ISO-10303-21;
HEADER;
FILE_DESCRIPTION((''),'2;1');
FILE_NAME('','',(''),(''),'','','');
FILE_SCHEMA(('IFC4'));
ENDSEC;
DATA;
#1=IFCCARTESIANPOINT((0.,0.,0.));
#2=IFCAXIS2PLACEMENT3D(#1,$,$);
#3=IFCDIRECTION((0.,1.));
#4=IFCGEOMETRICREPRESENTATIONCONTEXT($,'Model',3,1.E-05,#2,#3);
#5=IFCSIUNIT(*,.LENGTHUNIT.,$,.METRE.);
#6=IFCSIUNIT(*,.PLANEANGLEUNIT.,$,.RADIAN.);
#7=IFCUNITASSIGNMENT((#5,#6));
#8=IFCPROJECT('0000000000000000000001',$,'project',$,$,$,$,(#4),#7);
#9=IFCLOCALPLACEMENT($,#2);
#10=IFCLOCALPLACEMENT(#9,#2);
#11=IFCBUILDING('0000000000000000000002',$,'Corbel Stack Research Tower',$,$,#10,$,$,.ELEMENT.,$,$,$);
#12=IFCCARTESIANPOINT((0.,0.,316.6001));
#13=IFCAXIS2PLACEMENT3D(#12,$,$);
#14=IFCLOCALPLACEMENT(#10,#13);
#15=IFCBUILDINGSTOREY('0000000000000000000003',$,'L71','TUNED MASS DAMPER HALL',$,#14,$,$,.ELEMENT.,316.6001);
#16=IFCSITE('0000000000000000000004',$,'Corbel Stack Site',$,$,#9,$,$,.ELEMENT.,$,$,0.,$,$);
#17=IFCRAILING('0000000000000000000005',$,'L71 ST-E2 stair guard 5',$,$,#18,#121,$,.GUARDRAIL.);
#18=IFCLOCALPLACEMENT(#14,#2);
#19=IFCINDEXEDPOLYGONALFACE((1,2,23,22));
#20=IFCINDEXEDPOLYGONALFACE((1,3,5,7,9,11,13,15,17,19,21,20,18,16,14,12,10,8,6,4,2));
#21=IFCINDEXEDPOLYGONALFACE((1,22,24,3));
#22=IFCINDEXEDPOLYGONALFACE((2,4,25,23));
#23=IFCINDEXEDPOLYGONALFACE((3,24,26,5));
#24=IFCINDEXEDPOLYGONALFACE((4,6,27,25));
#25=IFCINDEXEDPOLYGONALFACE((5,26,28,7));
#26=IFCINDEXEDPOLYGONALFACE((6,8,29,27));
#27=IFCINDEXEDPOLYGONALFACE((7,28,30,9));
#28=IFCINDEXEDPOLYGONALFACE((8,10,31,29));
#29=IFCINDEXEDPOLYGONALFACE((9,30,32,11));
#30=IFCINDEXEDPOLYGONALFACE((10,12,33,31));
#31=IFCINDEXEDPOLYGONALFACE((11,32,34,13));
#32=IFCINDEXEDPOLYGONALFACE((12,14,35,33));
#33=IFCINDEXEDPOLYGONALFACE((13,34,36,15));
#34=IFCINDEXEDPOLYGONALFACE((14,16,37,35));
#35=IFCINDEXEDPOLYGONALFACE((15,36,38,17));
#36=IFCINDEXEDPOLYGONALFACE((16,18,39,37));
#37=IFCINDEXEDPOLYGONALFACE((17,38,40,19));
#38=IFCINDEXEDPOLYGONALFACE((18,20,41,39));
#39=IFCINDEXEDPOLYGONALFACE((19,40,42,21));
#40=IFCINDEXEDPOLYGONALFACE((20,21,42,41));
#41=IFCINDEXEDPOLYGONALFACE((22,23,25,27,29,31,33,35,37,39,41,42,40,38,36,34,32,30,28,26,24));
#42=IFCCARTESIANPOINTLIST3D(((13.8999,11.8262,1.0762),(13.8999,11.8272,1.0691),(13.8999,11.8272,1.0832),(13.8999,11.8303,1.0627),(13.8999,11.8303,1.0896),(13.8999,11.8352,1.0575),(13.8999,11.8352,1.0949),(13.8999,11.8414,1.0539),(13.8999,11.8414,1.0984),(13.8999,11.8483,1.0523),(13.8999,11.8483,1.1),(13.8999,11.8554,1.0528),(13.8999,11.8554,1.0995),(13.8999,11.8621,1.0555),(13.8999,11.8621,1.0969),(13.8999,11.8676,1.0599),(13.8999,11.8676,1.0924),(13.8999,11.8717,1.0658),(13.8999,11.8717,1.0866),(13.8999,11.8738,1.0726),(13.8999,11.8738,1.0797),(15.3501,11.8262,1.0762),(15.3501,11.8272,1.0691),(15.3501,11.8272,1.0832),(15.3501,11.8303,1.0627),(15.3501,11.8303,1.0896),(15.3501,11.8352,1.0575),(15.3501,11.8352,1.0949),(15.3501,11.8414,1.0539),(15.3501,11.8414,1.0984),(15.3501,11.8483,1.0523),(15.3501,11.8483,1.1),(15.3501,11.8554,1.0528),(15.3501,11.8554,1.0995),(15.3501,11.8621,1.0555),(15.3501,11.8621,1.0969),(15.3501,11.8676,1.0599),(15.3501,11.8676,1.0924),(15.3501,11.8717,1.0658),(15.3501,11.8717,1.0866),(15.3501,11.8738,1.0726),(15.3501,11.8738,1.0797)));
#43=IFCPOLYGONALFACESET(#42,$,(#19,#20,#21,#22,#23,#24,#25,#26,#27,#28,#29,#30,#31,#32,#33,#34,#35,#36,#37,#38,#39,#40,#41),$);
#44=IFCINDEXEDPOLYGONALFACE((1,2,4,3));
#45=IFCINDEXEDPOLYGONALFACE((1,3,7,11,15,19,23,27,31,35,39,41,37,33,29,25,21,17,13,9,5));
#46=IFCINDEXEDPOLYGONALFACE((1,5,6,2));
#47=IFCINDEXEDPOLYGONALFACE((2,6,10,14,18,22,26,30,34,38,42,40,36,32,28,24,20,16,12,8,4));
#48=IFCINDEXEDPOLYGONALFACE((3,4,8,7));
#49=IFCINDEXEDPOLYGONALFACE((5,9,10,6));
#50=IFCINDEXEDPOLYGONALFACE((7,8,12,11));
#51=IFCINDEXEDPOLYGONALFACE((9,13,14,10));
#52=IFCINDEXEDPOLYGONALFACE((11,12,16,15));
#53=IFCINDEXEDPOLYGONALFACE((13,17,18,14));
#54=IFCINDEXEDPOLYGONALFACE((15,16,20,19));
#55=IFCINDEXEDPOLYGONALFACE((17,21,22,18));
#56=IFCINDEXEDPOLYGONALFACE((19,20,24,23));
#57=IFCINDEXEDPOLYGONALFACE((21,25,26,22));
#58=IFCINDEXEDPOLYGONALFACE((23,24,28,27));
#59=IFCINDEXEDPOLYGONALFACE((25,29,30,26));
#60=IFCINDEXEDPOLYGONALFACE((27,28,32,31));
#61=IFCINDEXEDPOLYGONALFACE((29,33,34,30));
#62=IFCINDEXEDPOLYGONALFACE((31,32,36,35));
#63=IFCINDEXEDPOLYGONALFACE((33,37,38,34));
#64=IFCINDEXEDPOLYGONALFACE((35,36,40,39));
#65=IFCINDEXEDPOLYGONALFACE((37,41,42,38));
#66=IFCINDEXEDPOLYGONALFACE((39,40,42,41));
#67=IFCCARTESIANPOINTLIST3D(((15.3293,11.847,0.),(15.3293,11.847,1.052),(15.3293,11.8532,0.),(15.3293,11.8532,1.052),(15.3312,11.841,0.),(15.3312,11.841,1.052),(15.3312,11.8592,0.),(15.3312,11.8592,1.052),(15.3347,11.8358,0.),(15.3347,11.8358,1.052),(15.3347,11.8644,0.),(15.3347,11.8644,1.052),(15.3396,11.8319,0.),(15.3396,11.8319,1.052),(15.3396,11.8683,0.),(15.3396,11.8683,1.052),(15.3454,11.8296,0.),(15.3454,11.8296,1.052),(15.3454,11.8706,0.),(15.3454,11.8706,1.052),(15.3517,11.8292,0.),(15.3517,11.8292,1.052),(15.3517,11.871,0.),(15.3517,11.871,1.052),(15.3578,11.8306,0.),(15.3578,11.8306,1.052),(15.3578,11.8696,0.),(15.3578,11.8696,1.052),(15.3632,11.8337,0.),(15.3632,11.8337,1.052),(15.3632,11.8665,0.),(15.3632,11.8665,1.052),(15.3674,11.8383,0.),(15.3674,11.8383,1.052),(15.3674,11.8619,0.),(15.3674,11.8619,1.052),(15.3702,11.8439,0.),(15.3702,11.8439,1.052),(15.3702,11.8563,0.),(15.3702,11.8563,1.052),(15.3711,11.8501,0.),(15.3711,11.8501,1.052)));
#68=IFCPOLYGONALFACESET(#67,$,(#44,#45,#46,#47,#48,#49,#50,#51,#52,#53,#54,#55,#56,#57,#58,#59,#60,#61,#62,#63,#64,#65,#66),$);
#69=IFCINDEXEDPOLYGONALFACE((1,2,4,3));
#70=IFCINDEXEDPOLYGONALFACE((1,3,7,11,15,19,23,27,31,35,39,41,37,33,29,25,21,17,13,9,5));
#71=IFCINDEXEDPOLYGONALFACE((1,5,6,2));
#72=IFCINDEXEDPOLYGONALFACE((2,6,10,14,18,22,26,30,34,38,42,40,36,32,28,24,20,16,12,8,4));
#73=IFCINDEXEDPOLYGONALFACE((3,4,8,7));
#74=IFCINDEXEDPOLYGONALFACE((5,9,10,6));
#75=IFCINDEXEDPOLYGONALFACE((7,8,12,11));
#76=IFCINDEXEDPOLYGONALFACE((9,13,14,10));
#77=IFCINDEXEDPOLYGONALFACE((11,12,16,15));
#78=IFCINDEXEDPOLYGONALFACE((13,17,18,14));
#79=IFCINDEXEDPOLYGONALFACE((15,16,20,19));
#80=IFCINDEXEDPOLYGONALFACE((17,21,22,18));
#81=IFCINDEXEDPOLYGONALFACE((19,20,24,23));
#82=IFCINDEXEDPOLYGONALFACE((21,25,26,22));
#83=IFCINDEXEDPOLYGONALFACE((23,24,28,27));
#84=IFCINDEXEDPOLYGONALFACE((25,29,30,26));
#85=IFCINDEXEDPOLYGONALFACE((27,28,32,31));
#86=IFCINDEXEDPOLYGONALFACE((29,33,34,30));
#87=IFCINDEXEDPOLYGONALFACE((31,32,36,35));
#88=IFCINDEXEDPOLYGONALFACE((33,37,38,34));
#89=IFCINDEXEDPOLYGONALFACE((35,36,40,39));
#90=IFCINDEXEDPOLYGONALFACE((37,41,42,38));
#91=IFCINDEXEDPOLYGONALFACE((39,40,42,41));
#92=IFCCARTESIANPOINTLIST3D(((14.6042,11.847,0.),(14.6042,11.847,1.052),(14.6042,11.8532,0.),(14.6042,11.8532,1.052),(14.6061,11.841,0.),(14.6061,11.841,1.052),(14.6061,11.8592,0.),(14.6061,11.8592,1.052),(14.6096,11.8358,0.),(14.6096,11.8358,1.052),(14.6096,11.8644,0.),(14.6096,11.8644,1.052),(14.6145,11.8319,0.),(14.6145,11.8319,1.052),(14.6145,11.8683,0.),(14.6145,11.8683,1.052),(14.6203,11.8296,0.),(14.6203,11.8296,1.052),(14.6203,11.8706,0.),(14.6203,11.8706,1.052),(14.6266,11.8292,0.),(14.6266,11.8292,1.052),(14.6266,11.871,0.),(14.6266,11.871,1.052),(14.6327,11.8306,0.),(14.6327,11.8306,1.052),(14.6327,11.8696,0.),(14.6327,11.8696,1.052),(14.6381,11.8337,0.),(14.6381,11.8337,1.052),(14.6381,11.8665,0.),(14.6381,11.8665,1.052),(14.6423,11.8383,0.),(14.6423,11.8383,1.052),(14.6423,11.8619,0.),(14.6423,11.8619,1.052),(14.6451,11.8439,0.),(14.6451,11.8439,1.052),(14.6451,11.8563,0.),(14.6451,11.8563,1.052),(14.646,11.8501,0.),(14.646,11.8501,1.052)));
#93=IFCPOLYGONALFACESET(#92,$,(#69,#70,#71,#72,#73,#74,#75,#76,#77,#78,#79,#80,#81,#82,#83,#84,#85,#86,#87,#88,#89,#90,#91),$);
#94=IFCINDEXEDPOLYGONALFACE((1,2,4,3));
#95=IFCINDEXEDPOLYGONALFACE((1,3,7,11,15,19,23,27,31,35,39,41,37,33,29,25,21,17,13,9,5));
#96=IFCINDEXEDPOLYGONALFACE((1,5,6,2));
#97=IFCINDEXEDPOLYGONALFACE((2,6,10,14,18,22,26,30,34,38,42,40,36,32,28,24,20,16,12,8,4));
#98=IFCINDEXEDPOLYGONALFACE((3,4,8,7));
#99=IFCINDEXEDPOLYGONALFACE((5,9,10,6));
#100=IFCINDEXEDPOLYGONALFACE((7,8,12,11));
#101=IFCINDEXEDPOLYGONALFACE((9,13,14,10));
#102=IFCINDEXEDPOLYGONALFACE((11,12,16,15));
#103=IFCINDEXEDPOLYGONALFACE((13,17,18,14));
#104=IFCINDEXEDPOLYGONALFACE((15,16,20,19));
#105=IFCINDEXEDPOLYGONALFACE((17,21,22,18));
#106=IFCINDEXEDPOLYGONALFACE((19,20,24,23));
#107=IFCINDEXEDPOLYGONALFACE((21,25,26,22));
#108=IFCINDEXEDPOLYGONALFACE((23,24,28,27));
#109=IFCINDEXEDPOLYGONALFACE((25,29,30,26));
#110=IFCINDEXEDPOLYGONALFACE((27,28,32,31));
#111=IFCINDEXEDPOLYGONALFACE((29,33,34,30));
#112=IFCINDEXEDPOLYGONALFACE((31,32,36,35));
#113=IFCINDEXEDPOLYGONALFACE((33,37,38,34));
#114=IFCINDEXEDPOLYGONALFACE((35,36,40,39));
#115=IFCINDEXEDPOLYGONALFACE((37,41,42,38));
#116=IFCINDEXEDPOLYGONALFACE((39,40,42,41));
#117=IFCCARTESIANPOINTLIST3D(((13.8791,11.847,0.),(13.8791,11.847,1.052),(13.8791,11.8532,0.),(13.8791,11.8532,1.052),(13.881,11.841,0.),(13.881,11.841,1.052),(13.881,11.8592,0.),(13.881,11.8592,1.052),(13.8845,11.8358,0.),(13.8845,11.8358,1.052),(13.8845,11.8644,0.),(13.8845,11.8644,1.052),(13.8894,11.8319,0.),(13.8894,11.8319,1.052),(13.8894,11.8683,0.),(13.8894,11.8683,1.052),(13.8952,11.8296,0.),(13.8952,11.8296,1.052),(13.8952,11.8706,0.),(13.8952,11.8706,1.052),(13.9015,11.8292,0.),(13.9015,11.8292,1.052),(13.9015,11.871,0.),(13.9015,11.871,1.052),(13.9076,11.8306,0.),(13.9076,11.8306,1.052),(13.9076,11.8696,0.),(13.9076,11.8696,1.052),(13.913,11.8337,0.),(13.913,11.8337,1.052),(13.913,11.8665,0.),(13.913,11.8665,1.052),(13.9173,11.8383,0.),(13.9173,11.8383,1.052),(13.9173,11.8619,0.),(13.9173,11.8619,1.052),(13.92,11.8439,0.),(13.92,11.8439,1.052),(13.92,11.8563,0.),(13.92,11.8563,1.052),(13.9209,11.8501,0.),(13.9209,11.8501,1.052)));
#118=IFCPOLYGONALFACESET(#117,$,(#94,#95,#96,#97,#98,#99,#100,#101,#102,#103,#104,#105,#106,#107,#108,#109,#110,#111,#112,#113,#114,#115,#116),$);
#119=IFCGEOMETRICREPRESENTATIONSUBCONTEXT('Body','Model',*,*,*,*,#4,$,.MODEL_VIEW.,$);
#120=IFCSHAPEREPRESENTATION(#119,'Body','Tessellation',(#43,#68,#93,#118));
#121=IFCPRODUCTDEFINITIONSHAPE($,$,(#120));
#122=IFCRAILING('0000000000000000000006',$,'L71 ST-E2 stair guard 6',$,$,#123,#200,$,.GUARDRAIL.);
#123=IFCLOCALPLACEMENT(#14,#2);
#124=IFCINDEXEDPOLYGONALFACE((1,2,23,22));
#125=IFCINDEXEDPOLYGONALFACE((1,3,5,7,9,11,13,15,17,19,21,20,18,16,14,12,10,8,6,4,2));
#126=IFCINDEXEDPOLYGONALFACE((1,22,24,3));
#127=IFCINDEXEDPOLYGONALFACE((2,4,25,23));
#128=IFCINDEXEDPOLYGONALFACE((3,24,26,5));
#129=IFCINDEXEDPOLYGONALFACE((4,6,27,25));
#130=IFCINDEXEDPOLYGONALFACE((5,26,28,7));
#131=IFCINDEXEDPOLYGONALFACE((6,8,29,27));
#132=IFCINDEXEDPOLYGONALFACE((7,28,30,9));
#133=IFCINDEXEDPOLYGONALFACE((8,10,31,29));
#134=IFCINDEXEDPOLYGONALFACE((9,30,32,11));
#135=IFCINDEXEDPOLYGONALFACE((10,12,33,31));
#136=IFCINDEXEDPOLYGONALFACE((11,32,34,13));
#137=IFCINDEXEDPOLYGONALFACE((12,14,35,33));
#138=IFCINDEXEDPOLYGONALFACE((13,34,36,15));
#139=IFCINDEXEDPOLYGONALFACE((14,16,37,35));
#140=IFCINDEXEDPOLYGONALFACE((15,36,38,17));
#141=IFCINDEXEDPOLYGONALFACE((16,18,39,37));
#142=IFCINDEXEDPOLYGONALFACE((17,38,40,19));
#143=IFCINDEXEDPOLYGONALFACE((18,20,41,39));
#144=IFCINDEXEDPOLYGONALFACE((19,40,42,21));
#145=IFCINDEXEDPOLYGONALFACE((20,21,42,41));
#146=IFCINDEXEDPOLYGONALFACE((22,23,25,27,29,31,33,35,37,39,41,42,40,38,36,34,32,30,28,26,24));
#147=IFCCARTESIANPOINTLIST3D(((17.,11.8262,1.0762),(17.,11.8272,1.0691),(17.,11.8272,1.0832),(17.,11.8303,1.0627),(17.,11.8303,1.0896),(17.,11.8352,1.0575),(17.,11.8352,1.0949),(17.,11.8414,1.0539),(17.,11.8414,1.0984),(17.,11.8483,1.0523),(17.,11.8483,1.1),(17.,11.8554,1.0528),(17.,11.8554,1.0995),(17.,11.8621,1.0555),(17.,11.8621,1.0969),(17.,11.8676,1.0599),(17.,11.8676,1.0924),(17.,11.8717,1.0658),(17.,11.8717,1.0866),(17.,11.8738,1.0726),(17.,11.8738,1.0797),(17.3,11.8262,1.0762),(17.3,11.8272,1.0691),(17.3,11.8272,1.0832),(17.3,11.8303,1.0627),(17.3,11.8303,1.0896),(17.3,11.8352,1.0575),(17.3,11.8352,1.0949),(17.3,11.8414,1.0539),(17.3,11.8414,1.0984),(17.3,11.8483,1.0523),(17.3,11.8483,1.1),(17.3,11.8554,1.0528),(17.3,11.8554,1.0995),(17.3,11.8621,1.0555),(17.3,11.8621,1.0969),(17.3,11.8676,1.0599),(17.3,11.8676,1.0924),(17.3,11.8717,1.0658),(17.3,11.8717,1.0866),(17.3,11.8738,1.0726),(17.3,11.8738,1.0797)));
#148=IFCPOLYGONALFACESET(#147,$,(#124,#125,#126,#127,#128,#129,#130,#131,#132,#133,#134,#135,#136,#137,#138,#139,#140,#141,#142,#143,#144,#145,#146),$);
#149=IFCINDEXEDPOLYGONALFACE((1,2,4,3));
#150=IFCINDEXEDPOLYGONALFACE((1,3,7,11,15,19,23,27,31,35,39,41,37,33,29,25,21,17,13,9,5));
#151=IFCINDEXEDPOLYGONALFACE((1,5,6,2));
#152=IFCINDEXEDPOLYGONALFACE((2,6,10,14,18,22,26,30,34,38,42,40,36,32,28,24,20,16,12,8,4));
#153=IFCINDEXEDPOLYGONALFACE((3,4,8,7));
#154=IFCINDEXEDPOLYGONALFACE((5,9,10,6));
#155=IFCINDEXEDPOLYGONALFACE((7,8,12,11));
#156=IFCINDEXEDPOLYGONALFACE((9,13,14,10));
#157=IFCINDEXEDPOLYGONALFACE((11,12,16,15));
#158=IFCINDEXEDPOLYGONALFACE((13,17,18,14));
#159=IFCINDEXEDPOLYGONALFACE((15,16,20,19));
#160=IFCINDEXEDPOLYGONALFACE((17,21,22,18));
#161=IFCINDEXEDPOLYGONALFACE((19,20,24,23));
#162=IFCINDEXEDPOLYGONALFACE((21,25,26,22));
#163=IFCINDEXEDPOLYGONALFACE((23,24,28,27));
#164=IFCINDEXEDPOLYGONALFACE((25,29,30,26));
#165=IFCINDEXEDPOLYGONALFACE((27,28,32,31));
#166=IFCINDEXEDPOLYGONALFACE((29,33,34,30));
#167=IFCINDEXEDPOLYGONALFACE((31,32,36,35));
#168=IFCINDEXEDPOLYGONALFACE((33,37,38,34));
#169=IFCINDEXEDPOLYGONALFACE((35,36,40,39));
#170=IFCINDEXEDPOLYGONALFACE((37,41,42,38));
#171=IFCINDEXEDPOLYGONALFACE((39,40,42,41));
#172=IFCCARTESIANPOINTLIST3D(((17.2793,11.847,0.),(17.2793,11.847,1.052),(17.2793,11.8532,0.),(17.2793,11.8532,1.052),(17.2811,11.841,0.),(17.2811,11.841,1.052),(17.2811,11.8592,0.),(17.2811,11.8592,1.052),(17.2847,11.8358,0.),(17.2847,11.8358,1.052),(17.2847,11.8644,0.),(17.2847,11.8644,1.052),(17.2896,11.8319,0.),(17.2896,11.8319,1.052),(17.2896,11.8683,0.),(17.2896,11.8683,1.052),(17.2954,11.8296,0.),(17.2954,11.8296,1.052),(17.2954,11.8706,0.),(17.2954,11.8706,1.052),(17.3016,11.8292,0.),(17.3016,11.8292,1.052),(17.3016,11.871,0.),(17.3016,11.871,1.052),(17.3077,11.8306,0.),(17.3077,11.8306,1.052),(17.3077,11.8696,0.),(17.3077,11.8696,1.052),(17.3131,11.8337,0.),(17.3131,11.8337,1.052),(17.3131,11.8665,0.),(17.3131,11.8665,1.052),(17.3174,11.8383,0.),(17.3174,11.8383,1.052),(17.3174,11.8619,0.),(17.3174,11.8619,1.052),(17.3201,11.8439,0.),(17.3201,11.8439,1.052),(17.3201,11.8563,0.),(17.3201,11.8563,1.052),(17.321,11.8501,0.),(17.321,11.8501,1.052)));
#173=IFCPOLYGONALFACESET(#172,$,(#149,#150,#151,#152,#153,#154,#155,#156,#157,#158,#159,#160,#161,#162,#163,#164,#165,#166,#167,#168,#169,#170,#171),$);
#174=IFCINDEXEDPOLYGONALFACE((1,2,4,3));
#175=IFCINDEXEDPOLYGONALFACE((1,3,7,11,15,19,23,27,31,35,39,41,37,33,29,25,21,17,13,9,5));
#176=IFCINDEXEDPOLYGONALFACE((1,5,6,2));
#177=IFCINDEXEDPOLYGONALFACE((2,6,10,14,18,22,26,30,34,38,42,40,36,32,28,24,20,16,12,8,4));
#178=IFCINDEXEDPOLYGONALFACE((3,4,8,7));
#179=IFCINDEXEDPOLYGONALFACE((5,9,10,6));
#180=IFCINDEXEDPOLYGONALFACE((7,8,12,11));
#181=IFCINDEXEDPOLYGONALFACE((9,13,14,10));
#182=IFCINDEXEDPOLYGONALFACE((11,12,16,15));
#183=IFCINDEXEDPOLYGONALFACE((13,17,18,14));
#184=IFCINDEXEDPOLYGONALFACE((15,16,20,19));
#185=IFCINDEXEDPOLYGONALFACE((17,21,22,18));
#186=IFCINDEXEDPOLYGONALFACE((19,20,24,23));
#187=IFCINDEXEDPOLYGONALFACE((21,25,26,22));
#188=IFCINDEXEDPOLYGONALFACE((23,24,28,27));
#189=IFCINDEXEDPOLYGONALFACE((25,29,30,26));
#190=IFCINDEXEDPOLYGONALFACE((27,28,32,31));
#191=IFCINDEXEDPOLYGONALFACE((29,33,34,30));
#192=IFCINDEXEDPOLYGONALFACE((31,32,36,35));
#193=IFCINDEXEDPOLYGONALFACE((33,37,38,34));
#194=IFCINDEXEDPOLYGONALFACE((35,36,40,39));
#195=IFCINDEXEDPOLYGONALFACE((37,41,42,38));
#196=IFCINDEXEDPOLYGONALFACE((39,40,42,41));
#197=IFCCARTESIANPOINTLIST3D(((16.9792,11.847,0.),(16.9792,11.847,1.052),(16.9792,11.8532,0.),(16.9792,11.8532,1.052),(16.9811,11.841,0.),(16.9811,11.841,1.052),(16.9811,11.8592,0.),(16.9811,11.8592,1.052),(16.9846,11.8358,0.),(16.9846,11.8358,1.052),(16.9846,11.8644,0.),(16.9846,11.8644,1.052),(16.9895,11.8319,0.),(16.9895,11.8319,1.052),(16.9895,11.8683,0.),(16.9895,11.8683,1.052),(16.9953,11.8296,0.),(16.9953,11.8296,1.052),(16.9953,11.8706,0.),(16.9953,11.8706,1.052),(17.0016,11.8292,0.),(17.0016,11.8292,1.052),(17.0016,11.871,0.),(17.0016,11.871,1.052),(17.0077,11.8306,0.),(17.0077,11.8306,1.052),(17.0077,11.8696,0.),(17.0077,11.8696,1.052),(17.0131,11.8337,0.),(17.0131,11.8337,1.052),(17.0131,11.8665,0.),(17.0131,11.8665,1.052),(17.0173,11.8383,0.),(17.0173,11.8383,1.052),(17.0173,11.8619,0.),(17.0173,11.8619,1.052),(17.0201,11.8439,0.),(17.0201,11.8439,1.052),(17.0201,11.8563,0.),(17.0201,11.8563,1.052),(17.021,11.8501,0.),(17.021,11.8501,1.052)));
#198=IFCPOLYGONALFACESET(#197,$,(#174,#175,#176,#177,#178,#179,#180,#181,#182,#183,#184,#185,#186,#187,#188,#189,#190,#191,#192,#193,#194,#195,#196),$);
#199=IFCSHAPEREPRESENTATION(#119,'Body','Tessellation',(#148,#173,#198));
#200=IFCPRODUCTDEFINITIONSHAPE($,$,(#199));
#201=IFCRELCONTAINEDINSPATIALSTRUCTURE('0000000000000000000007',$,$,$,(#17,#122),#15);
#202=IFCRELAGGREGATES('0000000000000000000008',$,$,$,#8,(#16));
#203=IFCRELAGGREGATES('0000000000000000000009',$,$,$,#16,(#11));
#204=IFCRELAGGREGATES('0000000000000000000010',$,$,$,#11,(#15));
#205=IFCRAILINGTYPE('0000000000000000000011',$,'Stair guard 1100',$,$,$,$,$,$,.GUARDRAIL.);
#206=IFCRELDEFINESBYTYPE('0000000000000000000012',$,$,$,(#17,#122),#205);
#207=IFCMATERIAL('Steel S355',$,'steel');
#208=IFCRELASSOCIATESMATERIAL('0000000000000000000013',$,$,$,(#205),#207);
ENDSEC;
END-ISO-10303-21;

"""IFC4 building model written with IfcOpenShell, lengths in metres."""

from ifc_helpers import new_model, si_unit, direction, frame, origin, origin_2d, place, context, subcontext, project, spatial, circle, extrude, material, type_object, element, save


model = new_model("IFC4")

# Units and contexts
model_context = context("Model", 3, precision=1e-05, world=origin(), true_north=direction((0.0, 1.0)))
body_context = subcontext(model_context, "Body", "Model", "MODEL_VIEW")
ifc_project = project(units=[si_unit("LENGTHUNIT", "METRE"), si_unit("PLANEANGLEUNIT", "RADIAN")], contexts=[model_context])

# Site, building, storey
site_placement = place(None, origin())
site = spatial("IfcSite", under=ifc_project, at=site_placement, Name="Corbel Stack Site", CompositionType="ELEMENT", RefElevation=0.0)
building_placement = place(site_placement, origin())
building = spatial("IfcBuilding", under=site, at=building_placement, Name="Corbel Stack Research Tower", CompositionType="ELEMENT")
storey_placement = place(building_placement, frame((0.0, 0.0, 316.6001)))
storey = spatial("IfcBuildingStorey", under=building, at=storey_placement, Name="L71", Description="TUNED MASS DAMPER HALL", CompositionType="ELEMENT", Elevation=316.6001)

# Railings
ifc_material_1 = material(Name="Steel S355", Category="steel")
railing_type_1 = type_object("IfcRailingType", Name="Stair guard 1100", PredefinedType="GUARDRAIL", material=ifc_material_1)
railing_1_placement = place(storey_placement, frame((15.3501, 11.8501, 0.0)))
element("IfcRailing", 1, at=railing_1_placement, inside=storey, type_object=railing_type_1, Name="L71 ST-E2 stair guard 5", PredefinedType="GUARDRAIL", context=body_context, shape_type="SweptSolid", body=[
    extrude(circle(Radius=0.0239, at=origin_2d()), frame((0.0, 0.0, 1.0762), z_axis=(-1.0, 0.0, 0.0), x_axis=(0.0, -1.0, 0.0)), (0.0, 0.0, 1.0), 1.4502),
    extrude(circle(Radius=0.021, at=origin_2d()), origin(), (0.0, 0.0, 1.0), 1.052),
    extrude(circle(Radius=0.021, at=origin_2d()), frame((-0.7251, 0.0, 0.0)), (0.0, 0.0, 1.0), 1.052),
    extrude(circle(Radius=0.021, at=origin_2d()), frame((-1.4502, 0.0, 0.0)), (0.0, 0.0, 1.0), 1.052),
])
railing_2_placement = place(storey_placement, frame((17.3, 11.8501, 0.0)))
element("IfcRailing", 2, at=railing_2_placement, inside=storey, type_object=railing_type_1, Name="L71 ST-E2 stair guard 6", PredefinedType="GUARDRAIL", context=body_context, shape_type="SweptSolid", body=[
    extrude(circle(Radius=0.0239, at=origin_2d()), frame((0.0, 0.0, 1.0762), z_axis=(-1.0, 0.0, 0.0), x_axis=(0.0, -1.0, 0.0)), (0.0, 0.0, 1.0), 0.3),
    extrude(circle(Radius=0.021, at=origin_2d()), origin(), (0.0, 0.0, 1.0), 1.052),
    extrude(circle(Radius=0.021, at=origin_2d()), frame((-0.3, 0.0, 0.0)), (0.0, 0.0, 1.0), 1.052),
])

save(model, "model.ifc")
